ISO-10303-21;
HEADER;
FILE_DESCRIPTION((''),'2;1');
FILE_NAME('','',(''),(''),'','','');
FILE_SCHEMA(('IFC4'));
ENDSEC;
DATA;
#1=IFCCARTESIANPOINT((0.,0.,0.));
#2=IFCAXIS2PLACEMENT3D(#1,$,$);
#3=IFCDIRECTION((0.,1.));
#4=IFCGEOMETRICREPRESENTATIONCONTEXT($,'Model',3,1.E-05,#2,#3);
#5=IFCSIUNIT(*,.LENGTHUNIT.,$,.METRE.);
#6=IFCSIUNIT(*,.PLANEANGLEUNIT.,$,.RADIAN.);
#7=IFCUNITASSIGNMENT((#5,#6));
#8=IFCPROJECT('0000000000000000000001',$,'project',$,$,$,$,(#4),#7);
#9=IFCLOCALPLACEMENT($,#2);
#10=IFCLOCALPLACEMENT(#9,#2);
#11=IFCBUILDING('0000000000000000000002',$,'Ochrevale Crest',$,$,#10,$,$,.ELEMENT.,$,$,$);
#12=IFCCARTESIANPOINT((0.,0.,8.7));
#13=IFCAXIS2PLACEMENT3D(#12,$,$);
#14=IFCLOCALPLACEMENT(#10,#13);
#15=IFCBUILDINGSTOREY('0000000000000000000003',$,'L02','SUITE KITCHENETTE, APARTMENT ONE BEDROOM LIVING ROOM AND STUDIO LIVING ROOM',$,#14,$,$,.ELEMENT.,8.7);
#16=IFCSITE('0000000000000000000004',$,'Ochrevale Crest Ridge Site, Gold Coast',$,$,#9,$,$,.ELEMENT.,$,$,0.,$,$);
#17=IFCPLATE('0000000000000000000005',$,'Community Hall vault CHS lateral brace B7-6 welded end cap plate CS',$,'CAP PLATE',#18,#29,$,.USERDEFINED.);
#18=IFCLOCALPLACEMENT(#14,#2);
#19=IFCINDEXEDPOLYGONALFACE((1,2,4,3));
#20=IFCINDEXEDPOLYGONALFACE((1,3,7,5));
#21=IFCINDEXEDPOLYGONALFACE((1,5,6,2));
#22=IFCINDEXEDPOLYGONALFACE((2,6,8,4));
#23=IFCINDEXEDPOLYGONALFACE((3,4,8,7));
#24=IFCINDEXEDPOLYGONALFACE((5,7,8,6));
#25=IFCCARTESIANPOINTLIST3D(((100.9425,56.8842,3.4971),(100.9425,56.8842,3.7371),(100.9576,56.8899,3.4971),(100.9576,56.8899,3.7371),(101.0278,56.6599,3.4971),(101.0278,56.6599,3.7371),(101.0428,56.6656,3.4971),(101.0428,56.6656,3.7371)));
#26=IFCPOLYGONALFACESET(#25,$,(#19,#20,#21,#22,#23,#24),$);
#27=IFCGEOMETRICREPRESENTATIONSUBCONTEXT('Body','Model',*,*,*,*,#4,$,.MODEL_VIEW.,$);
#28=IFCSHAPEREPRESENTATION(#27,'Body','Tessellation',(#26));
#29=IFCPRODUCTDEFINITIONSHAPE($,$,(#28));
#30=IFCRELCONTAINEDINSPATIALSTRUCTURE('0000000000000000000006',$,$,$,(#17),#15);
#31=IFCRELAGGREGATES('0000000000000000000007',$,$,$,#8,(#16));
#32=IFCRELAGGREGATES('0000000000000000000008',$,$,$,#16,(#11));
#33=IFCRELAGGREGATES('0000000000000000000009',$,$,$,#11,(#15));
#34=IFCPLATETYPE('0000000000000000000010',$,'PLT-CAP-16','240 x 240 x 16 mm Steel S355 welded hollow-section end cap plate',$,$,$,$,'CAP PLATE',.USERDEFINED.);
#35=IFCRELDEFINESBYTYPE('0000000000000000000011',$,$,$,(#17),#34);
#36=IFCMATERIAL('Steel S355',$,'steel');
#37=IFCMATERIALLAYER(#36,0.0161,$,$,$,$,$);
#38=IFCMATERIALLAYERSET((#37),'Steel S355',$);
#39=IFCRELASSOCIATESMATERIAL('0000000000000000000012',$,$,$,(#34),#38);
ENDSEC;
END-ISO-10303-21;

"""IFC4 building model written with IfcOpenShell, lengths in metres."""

from ifc_helpers import new_model, si_unit, direction, frame, origin, origin_2d, place, context, subcontext, project, spatial, rectangle, extrude, material, layer, layer_set, type_object, element, save


model = new_model("IFC4")

# Units and contexts
model_context = context("Model", 3, precision=1e-05, world=origin(), true_north=direction((0.0, 1.0)))
body_context = subcontext(model_context, "Body", "Model", "MODEL_VIEW")
ifc_project = project(units=[si_unit("LENGTHUNIT", "METRE"), si_unit("PLANEANGLEUNIT", "RADIAN")], contexts=[model_context])

# Site, building, storey
site_placement = place(None, origin())
site = spatial("IfcSite", under=ifc_project, at=site_placement, Name="Ochrevale Crest Ridge Site, Gold Coast", CompositionType="ELEMENT", RefElevation=0.0)
building_placement = place(site_placement, origin())
building = spatial("IfcBuilding", under=site, at=building_placement, Name="Ochrevale Crest", CompositionType="ELEMENT")
storey_placement = place(building_placement, frame((0.0, 0.0, 8.7)))
storey = spatial("IfcBuildingStorey", under=building, at=storey_placement, Name="L02", Description="SUITE KITCHENETTE, APARTMENT ONE BEDROOM LIVING ROOM AND STUDIO LIVING ROOM", CompositionType="ELEMENT", Elevation=8.7)

# Shared definitions
ifc_material_1 = material(Name="Steel S355", Category="steel")

# Plate
ifc_layer = layer(ifc_material_1, 0.0161)
ifc_layer_set = layer_set([ifc_layer], Name="Steel S355")
plate_type = type_object("IfcPlateType", Name="PLT-CAP-16", Description="240 x 240 x 16 mm Steel S355 welded hollow-section end cap plate", ElementType="CAP PLATE", PredefinedType="USERDEFINED", material=ifc_layer_set)
for number, where, z_axis, x_axis, name in (
    (1, (100.9927, 56.7749, 3.4971), (0.0, 0.0, 1.0), (0.934764, 0.35527, 0.0), "Community Hall vault CHS lateral brace B7-6 welded end cap plate CS"),
):
    element("IfcPlate", number, at=place(storey_placement, frame(where, z_axis=z_axis, x_axis=x_axis)), inside=storey, type_object=plate_type, Name=name, ObjectType="CAP PLATE", PredefinedType="USERDEFINED", context=body_context, shape_type="SweptSolid", body=[
        extrude(rectangle(XDim=0.0161, YDim=0.24, at=origin_2d()), origin(), (0.0, 0.0, 1.0), 0.24),
    ])

save(model, "model.ifc")
